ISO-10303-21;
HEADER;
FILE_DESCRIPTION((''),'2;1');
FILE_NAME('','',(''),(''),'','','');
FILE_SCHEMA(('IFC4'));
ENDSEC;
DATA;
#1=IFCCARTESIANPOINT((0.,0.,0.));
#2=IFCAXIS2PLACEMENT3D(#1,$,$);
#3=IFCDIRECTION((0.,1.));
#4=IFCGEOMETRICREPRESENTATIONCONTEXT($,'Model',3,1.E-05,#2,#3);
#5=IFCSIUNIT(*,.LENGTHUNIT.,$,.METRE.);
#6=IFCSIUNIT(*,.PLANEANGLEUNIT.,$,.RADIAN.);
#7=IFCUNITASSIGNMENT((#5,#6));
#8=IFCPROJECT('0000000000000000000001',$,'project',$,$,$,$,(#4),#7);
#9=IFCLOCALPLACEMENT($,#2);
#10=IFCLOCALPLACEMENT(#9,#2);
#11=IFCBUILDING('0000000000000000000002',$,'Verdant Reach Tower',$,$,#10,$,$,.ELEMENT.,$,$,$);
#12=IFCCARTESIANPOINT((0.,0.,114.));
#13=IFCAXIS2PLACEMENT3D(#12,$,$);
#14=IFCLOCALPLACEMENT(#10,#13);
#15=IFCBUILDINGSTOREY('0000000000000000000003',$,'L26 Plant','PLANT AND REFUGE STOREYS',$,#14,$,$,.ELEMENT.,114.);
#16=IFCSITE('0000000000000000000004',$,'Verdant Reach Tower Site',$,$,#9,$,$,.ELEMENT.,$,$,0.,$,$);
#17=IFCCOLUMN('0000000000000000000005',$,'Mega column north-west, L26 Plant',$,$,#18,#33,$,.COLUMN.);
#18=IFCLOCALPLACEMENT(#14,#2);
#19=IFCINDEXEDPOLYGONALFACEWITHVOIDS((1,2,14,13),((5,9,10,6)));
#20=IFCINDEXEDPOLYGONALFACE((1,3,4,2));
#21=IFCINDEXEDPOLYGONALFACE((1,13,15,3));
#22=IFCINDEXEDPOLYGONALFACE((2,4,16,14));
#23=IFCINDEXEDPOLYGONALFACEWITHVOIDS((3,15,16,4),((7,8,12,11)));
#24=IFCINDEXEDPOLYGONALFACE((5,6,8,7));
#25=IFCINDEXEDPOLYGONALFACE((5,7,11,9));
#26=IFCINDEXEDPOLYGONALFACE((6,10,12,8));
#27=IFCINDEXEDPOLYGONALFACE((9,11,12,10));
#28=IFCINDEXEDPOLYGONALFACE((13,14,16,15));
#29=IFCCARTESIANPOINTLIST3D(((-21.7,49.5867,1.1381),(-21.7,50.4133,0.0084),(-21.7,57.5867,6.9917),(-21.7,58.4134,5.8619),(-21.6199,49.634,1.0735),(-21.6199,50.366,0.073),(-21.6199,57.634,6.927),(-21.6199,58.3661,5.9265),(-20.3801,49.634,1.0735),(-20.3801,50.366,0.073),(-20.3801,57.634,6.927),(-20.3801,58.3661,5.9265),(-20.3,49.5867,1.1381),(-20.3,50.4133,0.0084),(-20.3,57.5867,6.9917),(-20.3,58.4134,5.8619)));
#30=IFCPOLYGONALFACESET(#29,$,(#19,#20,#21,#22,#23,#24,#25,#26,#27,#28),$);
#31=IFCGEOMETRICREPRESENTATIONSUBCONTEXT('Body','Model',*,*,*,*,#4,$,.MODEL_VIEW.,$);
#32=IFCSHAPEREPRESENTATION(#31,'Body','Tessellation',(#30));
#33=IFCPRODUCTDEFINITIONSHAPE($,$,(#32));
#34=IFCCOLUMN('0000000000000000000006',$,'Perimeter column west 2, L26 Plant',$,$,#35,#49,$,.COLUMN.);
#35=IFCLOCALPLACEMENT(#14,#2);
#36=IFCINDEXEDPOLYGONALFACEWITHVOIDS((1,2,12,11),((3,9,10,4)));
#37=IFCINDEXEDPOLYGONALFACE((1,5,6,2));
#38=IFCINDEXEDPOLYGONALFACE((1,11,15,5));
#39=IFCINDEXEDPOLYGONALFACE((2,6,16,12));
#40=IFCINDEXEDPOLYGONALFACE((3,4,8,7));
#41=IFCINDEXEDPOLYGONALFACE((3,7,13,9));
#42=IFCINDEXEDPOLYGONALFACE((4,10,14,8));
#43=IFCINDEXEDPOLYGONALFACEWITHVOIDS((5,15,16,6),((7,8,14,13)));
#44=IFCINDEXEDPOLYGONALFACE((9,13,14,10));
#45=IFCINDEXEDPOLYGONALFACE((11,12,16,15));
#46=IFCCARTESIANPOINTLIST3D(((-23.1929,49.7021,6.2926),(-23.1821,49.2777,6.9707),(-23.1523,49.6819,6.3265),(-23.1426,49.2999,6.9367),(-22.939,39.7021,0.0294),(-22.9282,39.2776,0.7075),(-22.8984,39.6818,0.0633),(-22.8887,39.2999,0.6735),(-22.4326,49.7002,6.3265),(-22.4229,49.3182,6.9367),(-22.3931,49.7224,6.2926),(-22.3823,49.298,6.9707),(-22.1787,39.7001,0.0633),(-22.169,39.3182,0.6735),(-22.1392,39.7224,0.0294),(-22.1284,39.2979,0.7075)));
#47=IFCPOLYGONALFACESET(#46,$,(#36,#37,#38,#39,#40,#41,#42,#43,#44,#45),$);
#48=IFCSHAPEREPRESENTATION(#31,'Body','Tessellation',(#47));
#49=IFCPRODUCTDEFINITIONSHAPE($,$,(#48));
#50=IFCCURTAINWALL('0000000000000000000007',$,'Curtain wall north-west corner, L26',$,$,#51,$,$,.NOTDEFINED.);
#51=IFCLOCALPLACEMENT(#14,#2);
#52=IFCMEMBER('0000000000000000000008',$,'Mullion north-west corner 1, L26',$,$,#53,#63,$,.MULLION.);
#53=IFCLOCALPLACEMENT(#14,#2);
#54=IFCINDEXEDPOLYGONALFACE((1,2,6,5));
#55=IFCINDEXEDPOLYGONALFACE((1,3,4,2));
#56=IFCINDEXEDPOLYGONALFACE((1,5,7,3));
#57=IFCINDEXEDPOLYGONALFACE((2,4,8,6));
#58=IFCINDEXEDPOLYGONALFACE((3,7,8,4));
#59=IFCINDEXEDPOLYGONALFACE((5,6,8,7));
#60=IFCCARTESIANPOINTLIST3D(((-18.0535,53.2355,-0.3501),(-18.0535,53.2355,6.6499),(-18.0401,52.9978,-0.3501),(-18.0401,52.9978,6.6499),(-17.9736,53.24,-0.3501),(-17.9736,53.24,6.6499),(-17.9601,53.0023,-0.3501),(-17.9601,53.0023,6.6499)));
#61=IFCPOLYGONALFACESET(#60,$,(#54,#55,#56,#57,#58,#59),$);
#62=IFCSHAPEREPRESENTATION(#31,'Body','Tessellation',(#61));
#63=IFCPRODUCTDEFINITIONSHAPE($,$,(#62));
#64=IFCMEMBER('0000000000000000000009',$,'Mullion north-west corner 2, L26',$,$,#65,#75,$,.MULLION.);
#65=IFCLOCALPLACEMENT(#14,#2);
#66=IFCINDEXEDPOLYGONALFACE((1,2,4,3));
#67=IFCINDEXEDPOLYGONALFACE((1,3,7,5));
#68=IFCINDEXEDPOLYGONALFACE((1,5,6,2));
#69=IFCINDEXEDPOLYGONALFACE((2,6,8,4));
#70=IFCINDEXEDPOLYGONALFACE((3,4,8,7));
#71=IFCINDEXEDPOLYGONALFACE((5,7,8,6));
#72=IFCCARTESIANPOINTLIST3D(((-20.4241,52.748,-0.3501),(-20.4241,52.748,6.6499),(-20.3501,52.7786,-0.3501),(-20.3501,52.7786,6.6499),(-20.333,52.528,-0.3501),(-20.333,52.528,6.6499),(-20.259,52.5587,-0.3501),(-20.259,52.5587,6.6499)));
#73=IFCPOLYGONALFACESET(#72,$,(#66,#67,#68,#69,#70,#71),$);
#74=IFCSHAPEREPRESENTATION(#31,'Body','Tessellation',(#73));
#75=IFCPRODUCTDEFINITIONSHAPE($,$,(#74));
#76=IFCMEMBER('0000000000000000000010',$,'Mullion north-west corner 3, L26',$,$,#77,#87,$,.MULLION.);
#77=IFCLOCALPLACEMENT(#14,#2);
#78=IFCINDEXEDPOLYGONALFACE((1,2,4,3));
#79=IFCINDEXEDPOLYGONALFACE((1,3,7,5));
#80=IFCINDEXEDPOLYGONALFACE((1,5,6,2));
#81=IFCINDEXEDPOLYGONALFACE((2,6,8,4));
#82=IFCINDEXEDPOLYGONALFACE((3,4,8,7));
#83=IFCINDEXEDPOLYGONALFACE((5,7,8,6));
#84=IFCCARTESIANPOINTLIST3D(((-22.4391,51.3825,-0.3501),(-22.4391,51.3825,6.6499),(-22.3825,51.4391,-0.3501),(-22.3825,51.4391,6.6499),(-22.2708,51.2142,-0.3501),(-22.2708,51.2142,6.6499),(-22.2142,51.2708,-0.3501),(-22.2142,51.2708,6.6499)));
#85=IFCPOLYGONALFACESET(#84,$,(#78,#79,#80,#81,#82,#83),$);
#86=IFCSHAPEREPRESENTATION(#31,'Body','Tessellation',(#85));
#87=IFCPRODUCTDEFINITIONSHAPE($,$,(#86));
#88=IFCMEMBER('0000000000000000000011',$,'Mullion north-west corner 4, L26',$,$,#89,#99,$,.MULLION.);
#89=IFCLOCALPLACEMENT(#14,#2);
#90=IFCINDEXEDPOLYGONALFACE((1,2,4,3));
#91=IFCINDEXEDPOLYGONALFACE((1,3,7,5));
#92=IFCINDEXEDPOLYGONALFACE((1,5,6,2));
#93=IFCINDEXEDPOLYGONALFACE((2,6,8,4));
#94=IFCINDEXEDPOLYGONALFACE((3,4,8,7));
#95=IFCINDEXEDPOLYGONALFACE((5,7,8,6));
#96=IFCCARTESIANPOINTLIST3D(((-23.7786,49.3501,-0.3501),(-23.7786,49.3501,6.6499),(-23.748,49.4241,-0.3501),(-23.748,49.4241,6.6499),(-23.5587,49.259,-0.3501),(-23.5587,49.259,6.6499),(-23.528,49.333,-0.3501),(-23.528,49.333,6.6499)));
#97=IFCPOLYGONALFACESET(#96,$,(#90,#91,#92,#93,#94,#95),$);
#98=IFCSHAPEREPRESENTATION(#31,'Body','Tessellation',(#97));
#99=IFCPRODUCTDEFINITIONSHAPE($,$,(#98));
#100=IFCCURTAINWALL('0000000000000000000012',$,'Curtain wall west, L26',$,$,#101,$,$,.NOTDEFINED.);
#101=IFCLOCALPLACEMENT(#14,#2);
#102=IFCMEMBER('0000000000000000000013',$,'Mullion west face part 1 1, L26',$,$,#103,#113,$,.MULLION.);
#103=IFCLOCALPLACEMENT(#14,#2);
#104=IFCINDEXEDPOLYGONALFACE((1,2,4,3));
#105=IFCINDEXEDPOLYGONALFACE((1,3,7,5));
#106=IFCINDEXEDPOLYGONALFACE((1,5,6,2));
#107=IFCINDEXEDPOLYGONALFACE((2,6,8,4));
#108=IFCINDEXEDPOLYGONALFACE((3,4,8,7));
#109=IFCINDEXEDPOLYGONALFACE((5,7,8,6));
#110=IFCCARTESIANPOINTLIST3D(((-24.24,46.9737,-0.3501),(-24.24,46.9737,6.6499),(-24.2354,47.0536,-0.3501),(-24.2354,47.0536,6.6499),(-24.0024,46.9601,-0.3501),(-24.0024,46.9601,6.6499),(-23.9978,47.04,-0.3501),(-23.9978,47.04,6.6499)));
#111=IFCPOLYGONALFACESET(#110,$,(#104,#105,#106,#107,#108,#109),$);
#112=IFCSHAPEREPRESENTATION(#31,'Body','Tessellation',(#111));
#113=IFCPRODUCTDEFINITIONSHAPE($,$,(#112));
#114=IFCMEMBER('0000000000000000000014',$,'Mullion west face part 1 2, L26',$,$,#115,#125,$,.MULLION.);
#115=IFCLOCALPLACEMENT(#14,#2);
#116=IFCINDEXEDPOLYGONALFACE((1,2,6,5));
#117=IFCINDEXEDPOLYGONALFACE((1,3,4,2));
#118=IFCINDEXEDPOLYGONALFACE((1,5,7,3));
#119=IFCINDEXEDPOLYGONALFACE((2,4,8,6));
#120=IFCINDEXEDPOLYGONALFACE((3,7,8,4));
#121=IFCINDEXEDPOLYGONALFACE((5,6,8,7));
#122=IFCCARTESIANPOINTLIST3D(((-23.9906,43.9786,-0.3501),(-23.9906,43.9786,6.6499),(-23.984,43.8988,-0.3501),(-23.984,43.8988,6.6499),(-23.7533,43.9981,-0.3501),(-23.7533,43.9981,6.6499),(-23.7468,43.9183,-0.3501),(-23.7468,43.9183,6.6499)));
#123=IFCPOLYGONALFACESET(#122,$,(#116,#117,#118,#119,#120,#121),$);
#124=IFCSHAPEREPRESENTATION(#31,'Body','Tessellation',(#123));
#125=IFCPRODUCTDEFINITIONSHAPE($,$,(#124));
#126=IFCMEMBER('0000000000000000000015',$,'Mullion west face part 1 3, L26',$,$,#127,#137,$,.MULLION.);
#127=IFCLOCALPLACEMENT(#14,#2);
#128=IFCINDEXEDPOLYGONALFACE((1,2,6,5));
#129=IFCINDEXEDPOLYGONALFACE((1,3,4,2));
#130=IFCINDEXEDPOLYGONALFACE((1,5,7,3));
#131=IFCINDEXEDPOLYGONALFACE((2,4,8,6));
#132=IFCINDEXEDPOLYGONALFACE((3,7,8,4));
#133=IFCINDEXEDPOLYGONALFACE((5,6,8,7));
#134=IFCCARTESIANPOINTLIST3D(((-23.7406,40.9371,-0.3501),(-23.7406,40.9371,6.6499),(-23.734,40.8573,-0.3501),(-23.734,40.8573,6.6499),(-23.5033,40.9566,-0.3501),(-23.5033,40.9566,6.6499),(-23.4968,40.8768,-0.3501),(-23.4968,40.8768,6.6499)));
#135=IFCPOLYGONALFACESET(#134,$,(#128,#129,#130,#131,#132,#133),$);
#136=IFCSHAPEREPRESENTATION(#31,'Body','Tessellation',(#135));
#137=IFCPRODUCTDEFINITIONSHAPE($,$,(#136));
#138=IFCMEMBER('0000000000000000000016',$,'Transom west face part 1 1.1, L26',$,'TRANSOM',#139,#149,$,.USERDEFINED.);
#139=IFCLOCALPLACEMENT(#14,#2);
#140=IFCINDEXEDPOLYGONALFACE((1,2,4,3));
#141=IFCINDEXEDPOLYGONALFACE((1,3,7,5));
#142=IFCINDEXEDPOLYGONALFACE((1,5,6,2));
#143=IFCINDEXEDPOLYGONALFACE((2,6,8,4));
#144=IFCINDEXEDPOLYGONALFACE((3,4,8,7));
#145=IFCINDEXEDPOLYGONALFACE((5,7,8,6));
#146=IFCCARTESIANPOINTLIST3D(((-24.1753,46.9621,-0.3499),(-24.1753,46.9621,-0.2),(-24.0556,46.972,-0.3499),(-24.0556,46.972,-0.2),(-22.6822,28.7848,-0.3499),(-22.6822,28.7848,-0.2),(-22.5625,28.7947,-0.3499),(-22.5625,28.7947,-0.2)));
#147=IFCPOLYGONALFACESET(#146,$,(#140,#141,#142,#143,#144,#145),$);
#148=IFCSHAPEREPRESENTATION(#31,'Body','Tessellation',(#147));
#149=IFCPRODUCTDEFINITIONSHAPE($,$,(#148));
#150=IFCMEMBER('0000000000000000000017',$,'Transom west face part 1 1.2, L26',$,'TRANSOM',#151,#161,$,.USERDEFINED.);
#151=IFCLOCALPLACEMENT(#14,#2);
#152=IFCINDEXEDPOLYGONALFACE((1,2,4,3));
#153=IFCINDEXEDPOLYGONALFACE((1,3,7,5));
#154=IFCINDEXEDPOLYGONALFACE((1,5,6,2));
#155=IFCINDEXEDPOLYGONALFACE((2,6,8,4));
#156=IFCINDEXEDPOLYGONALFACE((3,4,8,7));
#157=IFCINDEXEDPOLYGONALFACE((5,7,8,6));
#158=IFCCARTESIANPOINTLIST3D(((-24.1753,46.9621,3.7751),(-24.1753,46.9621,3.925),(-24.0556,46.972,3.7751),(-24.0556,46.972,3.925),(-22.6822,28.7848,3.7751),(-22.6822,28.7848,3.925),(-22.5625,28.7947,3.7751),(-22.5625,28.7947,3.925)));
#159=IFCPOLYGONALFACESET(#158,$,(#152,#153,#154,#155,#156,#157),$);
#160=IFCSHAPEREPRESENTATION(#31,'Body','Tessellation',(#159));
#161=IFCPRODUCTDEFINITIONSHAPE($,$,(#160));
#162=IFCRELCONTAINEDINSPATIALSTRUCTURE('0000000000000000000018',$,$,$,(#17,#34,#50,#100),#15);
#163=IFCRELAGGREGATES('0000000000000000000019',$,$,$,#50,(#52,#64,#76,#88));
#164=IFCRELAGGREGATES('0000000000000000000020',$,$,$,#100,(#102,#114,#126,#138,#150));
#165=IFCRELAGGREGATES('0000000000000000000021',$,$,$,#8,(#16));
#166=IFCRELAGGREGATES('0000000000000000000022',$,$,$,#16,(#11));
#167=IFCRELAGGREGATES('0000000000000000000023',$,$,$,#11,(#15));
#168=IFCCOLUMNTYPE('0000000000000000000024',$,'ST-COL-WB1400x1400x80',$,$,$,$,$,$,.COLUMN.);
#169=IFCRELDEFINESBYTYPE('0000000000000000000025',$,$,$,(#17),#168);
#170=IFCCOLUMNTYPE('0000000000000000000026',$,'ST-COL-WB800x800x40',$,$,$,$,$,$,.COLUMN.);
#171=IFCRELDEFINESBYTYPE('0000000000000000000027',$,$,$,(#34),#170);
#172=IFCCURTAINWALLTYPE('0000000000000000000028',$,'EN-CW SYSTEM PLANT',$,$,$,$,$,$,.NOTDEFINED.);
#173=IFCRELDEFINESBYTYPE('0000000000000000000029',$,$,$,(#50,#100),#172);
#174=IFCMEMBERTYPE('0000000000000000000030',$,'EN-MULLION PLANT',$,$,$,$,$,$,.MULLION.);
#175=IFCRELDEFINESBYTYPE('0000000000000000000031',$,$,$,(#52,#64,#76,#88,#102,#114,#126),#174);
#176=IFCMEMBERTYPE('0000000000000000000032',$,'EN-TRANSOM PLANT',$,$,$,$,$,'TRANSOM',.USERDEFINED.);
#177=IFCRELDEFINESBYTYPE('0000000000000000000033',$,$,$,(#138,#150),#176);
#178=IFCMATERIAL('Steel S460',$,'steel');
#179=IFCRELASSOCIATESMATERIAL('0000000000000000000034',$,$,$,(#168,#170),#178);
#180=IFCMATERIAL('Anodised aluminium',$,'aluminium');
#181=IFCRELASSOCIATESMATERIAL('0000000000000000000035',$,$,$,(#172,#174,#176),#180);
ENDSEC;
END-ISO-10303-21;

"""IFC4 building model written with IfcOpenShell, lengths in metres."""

from ifc_helpers import new_model, si_unit, direction, frame, origin, origin_2d, place, context, subcontext, project, spatial, rectangle, hollow_rectangle, extrude, material, material_profile, profile_set, type_object, element, aggregate, save


model = new_model("IFC4")

# Units and contexts
model_context = context("Model", 3, precision=1e-05, world=origin(), true_north=direction((0.0, 1.0)))
body_context = subcontext(model_context, "Body", "Model", "MODEL_VIEW")
ifc_project = project(units=[si_unit("LENGTHUNIT", "METRE"), si_unit("PLANEANGLEUNIT", "RADIAN")], contexts=[model_context])

# Site, building, storey
site_placement = place(None, origin())
site = spatial("IfcSite", under=ifc_project, at=site_placement, Name="Verdant Reach Tower Site", CompositionType="ELEMENT", RefElevation=0.0)
building_placement = place(site_placement, origin())
building = spatial("IfcBuilding", under=site, at=building_placement, Name="Verdant Reach Tower", CompositionType="ELEMENT")
storey_placement = place(building_placement, frame((0.0, 0.0, 114.0)))
storey = spatial("IfcBuildingStorey", under=building, at=storey_placement, Name="L26 Plant", Description="PLANT AND REFUGE STOREYS", CompositionType="ELEMENT", Elevation=114.0)

# Columns
ifc_material_1 = material(Name="Steel S460", Category="steel")
ifc_material_profile_1 = material_profile(ifc_material_1, hollow_rectangle(XDim=1.3999, YDim=1.3999, WallThickness=0.0801, at=origin_2d()), Name="WB 1400x1400x80")
ifc_profile_set_1 = profile_set([ifc_material_profile_1], Name="Steel S460")
column_type_1 = type_object("IfcColumnType", Name="ST-COL-WB1400x1400x80", PredefinedType="COLUMN", material=ifc_profile_set_1)
column_1_placement = place(storey_placement, frame((-21.0, 50.0, 0.5732), z_axis=(0.0, 0.807037, 0.590501), x_axis=(-1.0, 0.0, 0.0)))
element("IfcColumn", 1, at=column_1_placement, inside=storey, type_object=column_type_1, Name="Mega column north-west, L26 Plant", PredefinedType="COLUMN", context=body_context, shape_type="SweptSolid", body=[
    extrude(hollow_rectangle(XDim=1.3999, YDim=1.3999, WallThickness=0.0801, at=origin_2d()), origin(), (0.0, 0.0, 1.0), 9.9128),
])
ifc_material_profile_2 = material_profile(ifc_material_1, hollow_rectangle(XDim=0.8, YDim=0.8, WallThickness=0.04, at=origin_2d()), Name="WB 800x800x40")
ifc_profile_set_2 = profile_set([ifc_material_profile_2], Name="Steel S460")
column_type_2 = type_object("IfcColumnType", Name="ST-COL-WB800x800x40", PredefinedType="COLUMN", material=ifc_profile_set_2)
column_2_placement = place(storey_placement, frame((-22.5337, 39.5, 0.3684), z_axis=(-0.021513, 0.8473, 0.530679), x_axis=(-0.999678, -0.025382, 0.0)))
element("IfcColumn", 2, at=column_2_placement, inside=storey, type_object=column_type_2, Name="Perimeter column west 2, L26 Plant", PredefinedType="COLUMN", context=body_context, shape_type="SweptSolid", body=[
    extrude(hollow_rectangle(XDim=0.8, YDim=0.8, WallThickness=0.04, at=origin_2d()), origin(), (0.0, 0.0, 1.0), 11.8022),
])

# Curtain walls, members
ifc_material_2 = material(Name="Anodised aluminium", Category="aluminium")
curtain_wall_type = type_object("IfcCurtainWallType", Name="EN-CW SYSTEM PLANT", PredefinedType="NOTDEFINED", material=ifc_material_2)
curtain_wall_1_placement = place(storey_placement, origin())
curtain_wall_1 = element("IfcCurtainWall", 3, at=curtain_wall_1_placement, inside=storey, type_object=curtain_wall_type, Name="Curtain wall north-west corner, L26", PredefinedType="NOTDEFINED")
ifc_material_profile_3 = material_profile(ifc_material_2, rectangle(XDim=0.238, YDim=0.0801, at=origin_2d()), Name="Mullion 80x240")
ifc_profile_set_3 = profile_set([ifc_material_profile_3], Name="Anodised aluminium")
member_type_1 = type_object("IfcMemberType", Name="EN-MULLION PLANT", PredefinedType="MULLION", material=ifc_profile_set_3)
member_1_placement = place(storey_placement, frame((-18.0068, 53.1189, -0.3501), z_axis=(0.0, 0.0, 1.0), x_axis=(-0.056569, 0.998399, 0.0)))
member_1 = element("IfcMember", 4, at=member_1_placement, type_object=member_type_1, Name="Mullion north-west corner 1, L26", PredefinedType="MULLION", context=body_context, shape_type="SweptSolid", body=[
    extrude(rectangle(XDim=0.238, YDim=0.0801, at=origin_2d()), origin(), (0.0, 0.0, 1.0), 7.0),
])
member_2_placement = place(storey_placement, frame((-20.3416, 52.6533, -0.3501), z_axis=(0.0, 0.0, 1.0), x_axis=(-0.382694, 0.923875, 0.0)))
member_2 = element("IfcMember", 5, at=member_2_placement, type_object=member_type_1, Name="Mullion north-west corner 2, L26", PredefinedType="MULLION", context=body_context, shape_type="SweptSolid", body=[
    extrude(rectangle(XDim=0.238, YDim=0.0801, at=origin_2d()), origin(), (0.0, 0.0, 1.0), 7.0),
])
member_3_placement = place(storey_placement, frame((-22.3267, 51.3267, -0.3501), z_axis=(0.0, 0.0, 1.0), x_axis=(-0.707107, 0.707107, 0.0)))
member_3 = element("IfcMember", 6, at=member_3_placement, type_object=member_type_1, Name="Mullion north-west corner 3, L26", PredefinedType="MULLION", context=body_context, shape_type="SweptSolid", body=[
    extrude(rectangle(XDim=0.238, YDim=0.0801, at=origin_2d()), origin(), (0.0, 0.0, 1.0), 7.0),
])
member_4_placement = place(storey_placement, frame((-23.6533, 49.3416, -0.3501), z_axis=(0.0, 0.0, 1.0), x_axis=(-0.923875, 0.382694, 0.0)))
member_4 = element("IfcMember", 7, at=member_4_placement, type_object=member_type_1, Name="Mullion north-west corner 4, L26", PredefinedType="MULLION", context=body_context, shape_type="SweptSolid", body=[
    extrude(rectangle(XDim=0.238, YDim=0.0801, at=origin_2d()), origin(), (0.0, 0.0, 1.0), 7.0),
])
curtain_wall_2_placement = place(storey_placement, origin())
curtain_wall_2 = element("IfcCurtainWall", 8, at=curtain_wall_2_placement, inside=storey, type_object=curtain_wall_type, Name="Curtain wall west, L26", PredefinedType="NOTDEFINED")
member_5_placement = place(storey_placement, frame((-24.1189, 47.0068, -0.3501), z_axis=(0.0, 0.0, 1.0), x_axis=(-0.998366, 0.057135, 0.0)))
member_5 = element("IfcMember", 9, at=member_5_placement, type_object=member_type_1, Name="Mullion west face part 1 1, L26", PredefinedType="MULLION", context=body_context, shape_type="SweptSolid", body=[
    extrude(rectangle(XDim=0.238, YDim=0.0801, at=origin_2d()), origin(), (0.0, 0.0, 1.0), 7.0),
])
member_6_placement = place(storey_placement, frame((-23.8687, 43.9485, -0.3501), z_axis=(0.0, 0.0, 1.0), x_axis=(-0.996639, -0.081916, 0.0)))
member_6 = element("IfcMember", 10, at=member_6_placement, type_object=member_type_1, Name="Mullion west face part 1 2, L26", PredefinedType="MULLION", context=body_context, shape_type="SweptSolid", body=[
    extrude(rectangle(XDim=0.238, YDim=0.0801, at=origin_2d()), origin(), (0.0, 0.0, 1.0), 7.0),
])
member_7_placement = place(storey_placement, frame((-23.6187, 40.907, -0.3501), z_axis=(0.0, 0.0, 1.0), x_axis=(-0.996639, -0.081916, 0.0)))
member_7 = element("IfcMember", 11, at=member_7_placement, type_object=member_type_1, Name="Mullion west face part 1 3, L26", PredefinedType="MULLION", context=body_context, shape_type="SweptSolid", body=[
    extrude(rectangle(XDim=0.238, YDim=0.0801, at=origin_2d()), origin(), (0.0, 0.0, 1.0), 7.0),
])
ifc_material_profile_4 = material_profile(ifc_material_2, rectangle(XDim=0.1201, YDim=0.1499, at=origin_2d()), Name="Transom 150x120")
ifc_profile_set_4 = profile_set([ifc_material_profile_4], Name="Anodised aluminium")
member_type_2 = type_object("IfcMemberType", Name="EN-TRANSOM PLANT", ElementType="TRANSOM", PredefinedType="USERDEFINED", material=ifc_profile_set_4)
member_8_placement = place(storey_placement, frame((-24.1155, 46.967, -0.2749), z_axis=(0.081869, -0.996643, 0.0), x_axis=(0.996643, 0.081869, 0.0)))
member_8 = element("IfcMember", 12, at=member_8_placement, type_object=member_type_2, Name="Transom west face part 1 1.1, L26", ObjectType="TRANSOM", PredefinedType="USERDEFINED", context=body_context, shape_type="SweptSolid", body=[
    extrude(rectangle(XDim=0.1201, YDim=0.1499, at=origin_2d()), origin(), (0.0, 0.0, 1.0), 18.2385),
])
member_9_placement = place(storey_placement, frame((-24.1155, 46.967, 3.8501), z_axis=(0.081869, -0.996643, 0.0), x_axis=(0.996643, 0.081869, 0.0)))
member_9 = element("IfcMember", 13, at=member_9_placement, type_object=member_type_2, Name="Transom west face part 1 1.2, L26", ObjectType="TRANSOM", PredefinedType="USERDEFINED", context=body_context, shape_type="SweptSolid", body=[
    extrude(rectangle(XDim=0.1201, YDim=0.1499, at=origin_2d()), origin(), (0.0, 0.0, 1.0), 18.2385),
])

aggregate(curtain_wall_1, [member_1, member_2, member_3, member_4])
aggregate(curtain_wall_2, [member_5, member_6, member_7, member_8, member_9])

save(model, "model.ifc")
